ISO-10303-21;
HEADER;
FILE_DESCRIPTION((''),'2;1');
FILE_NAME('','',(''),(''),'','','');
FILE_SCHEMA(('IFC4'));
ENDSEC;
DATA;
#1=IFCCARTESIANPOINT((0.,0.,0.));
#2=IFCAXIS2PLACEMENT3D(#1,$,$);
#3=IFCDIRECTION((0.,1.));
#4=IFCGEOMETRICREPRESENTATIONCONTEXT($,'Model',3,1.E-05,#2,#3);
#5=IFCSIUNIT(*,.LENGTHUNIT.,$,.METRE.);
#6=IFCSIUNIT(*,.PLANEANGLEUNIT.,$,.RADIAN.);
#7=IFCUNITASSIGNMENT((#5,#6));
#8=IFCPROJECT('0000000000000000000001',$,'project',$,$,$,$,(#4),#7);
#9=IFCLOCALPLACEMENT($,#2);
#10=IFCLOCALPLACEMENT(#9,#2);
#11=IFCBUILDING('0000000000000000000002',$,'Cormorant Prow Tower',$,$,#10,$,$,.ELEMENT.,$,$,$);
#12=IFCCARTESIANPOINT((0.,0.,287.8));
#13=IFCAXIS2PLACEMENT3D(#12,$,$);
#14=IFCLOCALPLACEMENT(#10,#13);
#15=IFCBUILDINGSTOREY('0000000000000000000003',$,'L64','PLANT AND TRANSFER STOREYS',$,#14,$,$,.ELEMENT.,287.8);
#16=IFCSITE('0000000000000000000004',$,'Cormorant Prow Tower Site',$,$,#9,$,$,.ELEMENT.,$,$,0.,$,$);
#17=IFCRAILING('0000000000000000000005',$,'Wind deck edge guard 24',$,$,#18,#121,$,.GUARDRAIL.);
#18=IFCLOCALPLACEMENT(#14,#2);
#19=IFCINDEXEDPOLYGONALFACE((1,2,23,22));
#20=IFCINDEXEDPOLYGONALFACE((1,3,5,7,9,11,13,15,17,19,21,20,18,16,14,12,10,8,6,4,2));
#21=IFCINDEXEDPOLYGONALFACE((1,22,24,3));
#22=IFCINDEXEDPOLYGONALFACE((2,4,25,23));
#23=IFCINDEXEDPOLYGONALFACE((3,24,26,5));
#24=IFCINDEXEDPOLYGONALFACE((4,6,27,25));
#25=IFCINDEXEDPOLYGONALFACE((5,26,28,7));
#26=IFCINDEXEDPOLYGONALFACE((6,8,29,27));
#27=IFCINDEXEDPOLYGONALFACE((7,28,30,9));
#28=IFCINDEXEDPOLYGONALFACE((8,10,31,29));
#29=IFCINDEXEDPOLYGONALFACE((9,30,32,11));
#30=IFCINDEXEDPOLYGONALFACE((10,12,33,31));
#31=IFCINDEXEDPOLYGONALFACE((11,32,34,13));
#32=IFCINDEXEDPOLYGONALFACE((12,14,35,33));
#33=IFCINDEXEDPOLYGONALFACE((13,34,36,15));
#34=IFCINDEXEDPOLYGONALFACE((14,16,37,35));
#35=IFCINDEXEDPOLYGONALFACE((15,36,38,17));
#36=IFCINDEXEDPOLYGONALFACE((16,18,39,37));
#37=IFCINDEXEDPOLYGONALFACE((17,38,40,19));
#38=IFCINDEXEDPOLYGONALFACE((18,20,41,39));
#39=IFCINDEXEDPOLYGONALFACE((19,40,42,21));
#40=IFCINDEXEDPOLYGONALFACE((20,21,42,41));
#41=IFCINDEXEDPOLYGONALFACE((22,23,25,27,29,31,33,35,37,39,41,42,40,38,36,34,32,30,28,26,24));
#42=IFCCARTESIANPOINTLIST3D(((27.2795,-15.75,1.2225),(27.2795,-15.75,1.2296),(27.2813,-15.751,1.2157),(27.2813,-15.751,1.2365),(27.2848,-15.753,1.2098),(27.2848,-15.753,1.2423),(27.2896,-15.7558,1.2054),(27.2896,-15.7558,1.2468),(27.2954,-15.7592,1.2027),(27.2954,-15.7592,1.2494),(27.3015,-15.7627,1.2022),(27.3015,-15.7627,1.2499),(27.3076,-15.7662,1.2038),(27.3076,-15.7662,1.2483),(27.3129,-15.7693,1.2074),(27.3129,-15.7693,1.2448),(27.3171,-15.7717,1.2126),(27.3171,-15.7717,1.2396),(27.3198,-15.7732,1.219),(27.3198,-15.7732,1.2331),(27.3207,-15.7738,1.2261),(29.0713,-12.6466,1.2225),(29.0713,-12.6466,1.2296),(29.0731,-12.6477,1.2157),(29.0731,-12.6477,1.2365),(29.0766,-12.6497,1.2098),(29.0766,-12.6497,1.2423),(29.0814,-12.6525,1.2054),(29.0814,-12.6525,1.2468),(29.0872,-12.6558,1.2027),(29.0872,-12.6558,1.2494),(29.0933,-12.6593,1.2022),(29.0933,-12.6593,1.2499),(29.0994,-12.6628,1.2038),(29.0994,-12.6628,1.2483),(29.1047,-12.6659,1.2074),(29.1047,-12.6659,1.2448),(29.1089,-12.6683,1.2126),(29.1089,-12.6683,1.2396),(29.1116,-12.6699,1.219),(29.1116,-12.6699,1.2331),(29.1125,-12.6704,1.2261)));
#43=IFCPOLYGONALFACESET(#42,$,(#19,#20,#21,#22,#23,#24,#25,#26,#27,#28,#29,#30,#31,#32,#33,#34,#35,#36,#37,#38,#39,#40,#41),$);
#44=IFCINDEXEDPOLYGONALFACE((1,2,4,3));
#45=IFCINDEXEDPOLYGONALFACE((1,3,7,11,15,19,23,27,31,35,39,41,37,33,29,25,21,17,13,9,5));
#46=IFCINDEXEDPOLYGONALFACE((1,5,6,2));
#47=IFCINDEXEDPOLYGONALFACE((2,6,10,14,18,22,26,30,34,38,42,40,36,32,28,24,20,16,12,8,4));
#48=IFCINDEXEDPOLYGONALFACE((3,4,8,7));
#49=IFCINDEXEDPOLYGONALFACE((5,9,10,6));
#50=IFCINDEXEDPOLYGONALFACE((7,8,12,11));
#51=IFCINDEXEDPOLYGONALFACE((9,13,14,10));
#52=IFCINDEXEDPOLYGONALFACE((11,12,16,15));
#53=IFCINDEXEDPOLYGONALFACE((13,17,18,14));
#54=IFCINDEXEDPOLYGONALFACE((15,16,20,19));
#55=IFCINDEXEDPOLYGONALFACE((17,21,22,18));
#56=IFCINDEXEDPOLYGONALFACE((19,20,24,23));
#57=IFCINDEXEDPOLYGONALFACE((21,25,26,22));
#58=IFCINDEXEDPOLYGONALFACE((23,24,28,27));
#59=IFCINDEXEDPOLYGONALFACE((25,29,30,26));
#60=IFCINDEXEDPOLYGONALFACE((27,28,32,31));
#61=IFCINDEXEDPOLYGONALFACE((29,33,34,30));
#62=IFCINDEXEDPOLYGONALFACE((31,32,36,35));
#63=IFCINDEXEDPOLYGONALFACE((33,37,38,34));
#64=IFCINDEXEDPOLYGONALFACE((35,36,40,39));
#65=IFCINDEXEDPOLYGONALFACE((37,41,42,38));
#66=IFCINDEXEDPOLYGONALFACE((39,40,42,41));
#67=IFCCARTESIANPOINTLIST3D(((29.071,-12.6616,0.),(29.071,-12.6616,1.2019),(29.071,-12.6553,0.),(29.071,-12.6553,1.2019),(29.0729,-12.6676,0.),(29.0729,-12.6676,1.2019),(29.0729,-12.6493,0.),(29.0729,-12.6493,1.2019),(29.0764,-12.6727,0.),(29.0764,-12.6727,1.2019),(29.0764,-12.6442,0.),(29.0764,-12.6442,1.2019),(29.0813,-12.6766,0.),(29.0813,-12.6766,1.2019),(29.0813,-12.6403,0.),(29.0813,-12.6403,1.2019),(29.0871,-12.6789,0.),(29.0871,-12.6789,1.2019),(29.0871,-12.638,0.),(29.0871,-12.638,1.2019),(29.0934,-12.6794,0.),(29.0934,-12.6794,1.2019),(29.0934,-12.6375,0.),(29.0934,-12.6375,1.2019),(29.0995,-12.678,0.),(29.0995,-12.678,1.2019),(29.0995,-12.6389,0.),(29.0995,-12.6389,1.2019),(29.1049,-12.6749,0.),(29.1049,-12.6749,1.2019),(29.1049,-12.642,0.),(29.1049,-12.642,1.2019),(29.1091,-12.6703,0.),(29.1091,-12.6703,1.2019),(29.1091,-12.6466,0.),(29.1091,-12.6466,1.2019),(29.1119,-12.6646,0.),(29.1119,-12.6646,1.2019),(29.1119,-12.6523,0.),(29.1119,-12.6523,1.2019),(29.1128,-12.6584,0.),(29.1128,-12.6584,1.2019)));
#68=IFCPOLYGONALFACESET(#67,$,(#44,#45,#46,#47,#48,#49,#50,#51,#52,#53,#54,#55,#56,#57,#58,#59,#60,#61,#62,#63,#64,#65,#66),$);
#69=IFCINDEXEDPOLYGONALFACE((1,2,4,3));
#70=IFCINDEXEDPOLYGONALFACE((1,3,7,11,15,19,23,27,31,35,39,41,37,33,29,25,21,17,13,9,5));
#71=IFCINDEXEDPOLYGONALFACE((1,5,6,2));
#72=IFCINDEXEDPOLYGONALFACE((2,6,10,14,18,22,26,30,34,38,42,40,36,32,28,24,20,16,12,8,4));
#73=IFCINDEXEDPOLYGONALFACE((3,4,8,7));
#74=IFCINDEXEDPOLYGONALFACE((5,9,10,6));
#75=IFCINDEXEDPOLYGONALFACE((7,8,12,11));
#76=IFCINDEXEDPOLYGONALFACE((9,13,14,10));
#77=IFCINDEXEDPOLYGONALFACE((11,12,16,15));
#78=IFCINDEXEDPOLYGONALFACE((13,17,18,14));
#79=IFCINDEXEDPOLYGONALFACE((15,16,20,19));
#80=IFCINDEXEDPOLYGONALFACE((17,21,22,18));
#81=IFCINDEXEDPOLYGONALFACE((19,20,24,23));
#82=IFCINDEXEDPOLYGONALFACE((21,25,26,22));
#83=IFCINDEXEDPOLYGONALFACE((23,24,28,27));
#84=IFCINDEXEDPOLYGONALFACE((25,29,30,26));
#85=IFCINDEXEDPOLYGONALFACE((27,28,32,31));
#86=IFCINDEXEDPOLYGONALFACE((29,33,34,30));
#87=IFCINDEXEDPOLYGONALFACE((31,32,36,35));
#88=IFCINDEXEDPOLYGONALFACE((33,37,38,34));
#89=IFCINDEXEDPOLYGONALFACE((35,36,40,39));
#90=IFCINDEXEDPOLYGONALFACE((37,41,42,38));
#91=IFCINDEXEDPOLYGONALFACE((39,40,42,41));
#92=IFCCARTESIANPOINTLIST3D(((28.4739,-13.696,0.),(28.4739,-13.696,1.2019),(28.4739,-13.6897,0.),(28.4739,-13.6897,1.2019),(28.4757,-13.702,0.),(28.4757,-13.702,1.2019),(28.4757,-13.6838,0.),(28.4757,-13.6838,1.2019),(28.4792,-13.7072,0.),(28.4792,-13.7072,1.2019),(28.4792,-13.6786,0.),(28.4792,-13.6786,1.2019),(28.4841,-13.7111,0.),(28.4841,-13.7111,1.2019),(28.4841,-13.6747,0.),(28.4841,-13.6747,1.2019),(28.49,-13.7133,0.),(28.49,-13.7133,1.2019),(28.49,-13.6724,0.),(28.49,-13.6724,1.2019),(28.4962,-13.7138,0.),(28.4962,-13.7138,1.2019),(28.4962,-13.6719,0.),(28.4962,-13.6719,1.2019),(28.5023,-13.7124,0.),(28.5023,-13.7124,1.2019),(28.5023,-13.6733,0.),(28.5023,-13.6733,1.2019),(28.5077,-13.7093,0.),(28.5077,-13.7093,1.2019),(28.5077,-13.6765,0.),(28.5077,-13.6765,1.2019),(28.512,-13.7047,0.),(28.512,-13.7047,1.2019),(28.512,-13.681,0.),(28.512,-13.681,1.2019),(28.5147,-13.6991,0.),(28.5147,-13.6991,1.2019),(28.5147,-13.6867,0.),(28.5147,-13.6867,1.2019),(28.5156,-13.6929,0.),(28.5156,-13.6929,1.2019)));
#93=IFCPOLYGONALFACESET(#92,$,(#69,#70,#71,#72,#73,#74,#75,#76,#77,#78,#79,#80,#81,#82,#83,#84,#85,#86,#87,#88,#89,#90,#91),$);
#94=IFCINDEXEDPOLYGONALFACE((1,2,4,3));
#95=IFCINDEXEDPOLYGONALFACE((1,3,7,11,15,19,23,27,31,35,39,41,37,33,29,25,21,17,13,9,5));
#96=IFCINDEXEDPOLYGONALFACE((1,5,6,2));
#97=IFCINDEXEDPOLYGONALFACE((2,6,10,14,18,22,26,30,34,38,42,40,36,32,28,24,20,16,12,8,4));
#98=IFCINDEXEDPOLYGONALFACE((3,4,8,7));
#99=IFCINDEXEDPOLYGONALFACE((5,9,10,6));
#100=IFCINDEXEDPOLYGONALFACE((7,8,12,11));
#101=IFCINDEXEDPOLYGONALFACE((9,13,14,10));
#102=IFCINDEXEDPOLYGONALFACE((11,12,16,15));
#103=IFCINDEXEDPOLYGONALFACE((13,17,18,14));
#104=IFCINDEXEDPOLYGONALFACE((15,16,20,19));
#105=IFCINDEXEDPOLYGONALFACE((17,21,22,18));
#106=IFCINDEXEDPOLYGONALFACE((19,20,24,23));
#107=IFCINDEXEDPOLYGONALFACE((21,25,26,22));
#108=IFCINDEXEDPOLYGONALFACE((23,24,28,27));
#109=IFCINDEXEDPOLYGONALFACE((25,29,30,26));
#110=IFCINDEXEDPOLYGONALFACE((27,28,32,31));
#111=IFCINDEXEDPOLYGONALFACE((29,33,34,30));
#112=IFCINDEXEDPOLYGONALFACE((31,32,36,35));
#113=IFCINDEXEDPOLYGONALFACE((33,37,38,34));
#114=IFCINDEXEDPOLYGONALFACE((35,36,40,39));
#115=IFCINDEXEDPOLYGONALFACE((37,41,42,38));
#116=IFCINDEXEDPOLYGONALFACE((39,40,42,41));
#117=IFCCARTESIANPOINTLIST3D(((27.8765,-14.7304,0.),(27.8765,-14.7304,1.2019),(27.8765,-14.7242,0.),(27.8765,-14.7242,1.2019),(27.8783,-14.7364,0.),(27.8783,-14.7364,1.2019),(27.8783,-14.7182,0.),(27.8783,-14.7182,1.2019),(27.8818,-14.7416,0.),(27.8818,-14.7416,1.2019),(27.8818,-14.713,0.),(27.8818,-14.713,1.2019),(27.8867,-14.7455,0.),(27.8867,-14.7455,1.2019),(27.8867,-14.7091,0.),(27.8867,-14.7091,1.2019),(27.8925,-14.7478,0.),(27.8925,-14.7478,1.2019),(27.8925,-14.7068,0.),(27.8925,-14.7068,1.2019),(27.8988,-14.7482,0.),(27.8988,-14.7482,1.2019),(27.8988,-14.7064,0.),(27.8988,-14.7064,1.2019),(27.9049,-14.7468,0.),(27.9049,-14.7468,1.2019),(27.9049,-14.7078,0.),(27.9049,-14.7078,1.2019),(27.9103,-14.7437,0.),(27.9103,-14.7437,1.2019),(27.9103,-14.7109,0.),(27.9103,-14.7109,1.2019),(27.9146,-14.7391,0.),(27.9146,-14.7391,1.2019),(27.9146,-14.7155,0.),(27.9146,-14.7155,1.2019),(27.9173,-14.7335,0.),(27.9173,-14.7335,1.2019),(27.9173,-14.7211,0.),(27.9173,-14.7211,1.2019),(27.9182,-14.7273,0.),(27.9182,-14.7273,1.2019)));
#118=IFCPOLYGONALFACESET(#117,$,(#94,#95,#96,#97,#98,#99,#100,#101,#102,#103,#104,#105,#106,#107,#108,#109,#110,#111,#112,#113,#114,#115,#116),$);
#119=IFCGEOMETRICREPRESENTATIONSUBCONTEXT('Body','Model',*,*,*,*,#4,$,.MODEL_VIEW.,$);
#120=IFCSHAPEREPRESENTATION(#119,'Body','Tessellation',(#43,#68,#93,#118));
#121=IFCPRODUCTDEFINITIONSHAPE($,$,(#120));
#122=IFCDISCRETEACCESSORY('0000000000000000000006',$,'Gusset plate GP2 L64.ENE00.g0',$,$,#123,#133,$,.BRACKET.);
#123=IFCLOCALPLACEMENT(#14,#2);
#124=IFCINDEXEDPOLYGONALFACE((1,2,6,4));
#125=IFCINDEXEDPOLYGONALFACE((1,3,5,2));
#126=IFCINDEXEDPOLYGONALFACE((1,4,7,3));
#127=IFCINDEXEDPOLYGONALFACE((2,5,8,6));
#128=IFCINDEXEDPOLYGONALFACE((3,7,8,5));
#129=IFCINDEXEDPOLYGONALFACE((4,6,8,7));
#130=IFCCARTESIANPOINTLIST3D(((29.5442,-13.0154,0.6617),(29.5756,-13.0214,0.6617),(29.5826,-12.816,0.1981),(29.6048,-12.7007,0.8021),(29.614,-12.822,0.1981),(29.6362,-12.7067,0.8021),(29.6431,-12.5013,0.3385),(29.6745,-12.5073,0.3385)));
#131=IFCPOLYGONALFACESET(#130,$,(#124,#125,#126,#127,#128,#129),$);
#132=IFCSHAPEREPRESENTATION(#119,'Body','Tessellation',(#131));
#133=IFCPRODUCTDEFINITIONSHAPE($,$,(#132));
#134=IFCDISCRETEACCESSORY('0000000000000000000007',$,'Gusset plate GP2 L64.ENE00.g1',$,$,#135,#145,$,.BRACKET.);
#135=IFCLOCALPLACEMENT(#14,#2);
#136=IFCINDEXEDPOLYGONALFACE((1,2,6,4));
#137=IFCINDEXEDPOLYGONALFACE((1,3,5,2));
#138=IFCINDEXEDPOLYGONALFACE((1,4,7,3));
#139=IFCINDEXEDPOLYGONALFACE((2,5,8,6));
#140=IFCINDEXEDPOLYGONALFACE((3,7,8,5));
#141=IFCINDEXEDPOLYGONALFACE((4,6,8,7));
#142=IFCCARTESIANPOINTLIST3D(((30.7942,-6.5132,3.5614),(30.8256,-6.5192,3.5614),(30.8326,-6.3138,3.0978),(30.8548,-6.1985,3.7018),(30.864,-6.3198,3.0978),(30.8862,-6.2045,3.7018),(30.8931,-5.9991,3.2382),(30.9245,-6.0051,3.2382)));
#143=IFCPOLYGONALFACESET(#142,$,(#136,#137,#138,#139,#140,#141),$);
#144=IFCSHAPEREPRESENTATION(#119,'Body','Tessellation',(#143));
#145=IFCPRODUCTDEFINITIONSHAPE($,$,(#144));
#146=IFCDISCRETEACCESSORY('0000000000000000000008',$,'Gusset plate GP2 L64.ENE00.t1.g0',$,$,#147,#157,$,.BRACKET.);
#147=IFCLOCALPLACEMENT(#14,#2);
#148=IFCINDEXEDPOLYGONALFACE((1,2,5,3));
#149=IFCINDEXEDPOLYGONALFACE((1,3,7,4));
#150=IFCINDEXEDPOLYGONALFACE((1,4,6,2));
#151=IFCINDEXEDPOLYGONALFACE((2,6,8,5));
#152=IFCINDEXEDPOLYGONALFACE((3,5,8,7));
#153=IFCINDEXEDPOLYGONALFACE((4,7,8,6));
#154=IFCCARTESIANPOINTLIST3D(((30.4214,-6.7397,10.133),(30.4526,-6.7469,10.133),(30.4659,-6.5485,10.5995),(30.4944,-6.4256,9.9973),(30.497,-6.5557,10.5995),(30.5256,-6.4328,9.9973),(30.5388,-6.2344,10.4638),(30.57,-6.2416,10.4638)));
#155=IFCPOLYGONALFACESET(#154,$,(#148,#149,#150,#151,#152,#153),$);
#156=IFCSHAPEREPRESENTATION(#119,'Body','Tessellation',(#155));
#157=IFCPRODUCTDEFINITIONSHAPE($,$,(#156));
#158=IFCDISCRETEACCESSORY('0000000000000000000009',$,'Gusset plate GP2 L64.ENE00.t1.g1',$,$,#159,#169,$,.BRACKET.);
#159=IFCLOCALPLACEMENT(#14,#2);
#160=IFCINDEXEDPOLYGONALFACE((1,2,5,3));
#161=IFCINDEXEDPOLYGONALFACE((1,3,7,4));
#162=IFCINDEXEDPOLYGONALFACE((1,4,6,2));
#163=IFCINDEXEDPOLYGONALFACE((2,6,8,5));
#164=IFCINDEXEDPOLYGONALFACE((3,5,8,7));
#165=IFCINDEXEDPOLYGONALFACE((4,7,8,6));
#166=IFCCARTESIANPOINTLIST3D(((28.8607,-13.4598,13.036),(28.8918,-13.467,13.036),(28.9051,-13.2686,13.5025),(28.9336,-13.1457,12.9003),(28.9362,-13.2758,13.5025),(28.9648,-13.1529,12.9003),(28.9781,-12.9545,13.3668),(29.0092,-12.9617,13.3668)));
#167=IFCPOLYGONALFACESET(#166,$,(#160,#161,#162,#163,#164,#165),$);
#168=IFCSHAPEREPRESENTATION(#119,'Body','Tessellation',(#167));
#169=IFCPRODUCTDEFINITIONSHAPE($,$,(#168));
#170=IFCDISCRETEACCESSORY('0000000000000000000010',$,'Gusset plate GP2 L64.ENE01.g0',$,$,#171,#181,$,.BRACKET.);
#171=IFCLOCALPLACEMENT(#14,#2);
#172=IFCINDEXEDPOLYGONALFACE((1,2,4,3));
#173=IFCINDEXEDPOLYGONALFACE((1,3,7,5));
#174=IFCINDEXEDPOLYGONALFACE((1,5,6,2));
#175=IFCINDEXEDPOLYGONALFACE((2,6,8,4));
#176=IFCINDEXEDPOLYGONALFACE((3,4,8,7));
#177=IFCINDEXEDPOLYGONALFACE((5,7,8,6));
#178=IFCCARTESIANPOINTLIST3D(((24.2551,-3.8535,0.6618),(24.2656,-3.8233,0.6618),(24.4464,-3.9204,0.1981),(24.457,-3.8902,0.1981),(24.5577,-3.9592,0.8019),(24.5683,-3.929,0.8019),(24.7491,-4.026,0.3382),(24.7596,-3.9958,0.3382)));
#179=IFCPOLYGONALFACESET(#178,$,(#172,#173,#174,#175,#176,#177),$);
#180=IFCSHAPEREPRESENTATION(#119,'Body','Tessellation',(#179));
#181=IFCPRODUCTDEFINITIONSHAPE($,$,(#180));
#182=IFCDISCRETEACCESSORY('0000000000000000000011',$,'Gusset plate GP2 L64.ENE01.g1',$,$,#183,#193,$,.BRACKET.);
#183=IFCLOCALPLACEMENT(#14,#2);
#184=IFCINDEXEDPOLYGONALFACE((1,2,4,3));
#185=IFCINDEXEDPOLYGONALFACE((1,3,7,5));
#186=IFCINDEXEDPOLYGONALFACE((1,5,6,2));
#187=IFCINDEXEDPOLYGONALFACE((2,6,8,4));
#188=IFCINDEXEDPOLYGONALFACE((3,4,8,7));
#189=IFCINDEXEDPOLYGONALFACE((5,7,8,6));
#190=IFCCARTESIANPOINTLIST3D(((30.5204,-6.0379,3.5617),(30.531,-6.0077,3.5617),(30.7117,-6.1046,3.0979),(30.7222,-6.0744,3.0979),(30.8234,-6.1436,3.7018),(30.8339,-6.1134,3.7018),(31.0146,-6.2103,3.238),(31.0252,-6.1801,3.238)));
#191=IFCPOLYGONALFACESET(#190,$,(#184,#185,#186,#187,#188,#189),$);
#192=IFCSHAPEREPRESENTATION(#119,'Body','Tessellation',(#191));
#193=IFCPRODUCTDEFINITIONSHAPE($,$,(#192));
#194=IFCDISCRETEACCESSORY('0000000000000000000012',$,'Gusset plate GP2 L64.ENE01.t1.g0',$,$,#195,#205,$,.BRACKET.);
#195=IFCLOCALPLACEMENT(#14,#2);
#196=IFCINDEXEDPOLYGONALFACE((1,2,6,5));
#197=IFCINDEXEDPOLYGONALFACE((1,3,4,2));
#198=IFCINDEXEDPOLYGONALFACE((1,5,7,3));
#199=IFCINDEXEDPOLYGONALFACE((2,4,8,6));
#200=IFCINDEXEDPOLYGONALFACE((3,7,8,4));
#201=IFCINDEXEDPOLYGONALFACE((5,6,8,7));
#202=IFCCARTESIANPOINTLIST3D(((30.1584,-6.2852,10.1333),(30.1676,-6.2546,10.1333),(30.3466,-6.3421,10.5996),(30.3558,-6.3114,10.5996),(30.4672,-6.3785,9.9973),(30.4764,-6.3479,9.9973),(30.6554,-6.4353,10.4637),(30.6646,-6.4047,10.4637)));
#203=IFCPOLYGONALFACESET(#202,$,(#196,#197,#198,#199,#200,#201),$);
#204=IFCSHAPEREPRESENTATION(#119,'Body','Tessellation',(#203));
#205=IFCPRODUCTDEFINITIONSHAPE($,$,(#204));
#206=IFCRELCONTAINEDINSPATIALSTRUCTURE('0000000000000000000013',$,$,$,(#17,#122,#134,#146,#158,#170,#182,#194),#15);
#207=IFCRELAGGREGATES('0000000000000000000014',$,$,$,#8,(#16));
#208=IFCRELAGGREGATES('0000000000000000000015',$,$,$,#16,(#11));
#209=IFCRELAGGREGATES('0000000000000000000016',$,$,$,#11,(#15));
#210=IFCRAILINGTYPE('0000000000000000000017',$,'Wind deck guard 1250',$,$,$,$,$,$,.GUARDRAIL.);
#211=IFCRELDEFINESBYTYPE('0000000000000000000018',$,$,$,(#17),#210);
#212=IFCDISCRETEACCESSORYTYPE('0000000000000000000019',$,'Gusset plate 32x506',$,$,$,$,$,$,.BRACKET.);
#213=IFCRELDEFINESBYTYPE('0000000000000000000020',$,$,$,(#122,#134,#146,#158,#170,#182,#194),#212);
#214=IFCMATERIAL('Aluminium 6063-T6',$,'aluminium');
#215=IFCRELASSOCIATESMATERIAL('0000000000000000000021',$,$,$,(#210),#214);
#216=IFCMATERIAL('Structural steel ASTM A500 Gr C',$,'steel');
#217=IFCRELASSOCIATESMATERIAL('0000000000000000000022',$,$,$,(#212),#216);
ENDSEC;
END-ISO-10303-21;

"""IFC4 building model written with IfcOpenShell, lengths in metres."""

from ifc_helpers import new_model, si_unit, direction, frame, origin, origin_2d, place, context, subcontext, project, spatial, rectangle, circle, extrude, material, material_profile, profile_set, type_object, element, save


model = new_model("IFC4")

# Units and contexts
model_context = context("Model", 3, precision=1e-05, world=origin(), true_north=direction((0.0, 1.0)))
body_context = subcontext(model_context, "Body", "Model", "MODEL_VIEW")
ifc_project = project(units=[si_unit("LENGTHUNIT", "METRE"), si_unit("PLANEANGLEUNIT", "RADIAN")], contexts=[model_context])

# Site, building, storey
site_placement = place(None, origin())
site = spatial("IfcSite", under=ifc_project, at=site_placement, Name="Cormorant Prow Tower Site", CompositionType="ELEMENT", RefElevation=0.0)
building_placement = place(site_placement, origin())
building = spatial("IfcBuilding", under=site, at=building_placement, Name="Cormorant Prow Tower", CompositionType="ELEMENT")
storey_placement = place(building_placement, frame((0.0, 0.0, 287.8)))
storey = spatial("IfcBuildingStorey", under=building, at=storey_placement, Name="L64", Description="PLANT AND TRANSFER STOREYS", CompositionType="ELEMENT", Elevation=287.8)

# Railing
ifc_material_1 = material(Name="Aluminium 6063-T6", Category="aluminium")
railing_type = type_object("IfcRailingType", Name="Wind deck guard 1250", PredefinedType="GUARDRAIL", material=ifc_material_1)
railing_1_placement = place(storey_placement, frame((29.0918, -12.6584, 0.0)))
element("IfcRailing", 1, at=railing_1_placement, inside=storey, type_object=railing_type, Name="Wind deck edge guard 24", PredefinedType="GUARDRAIL", context=body_context, shape_type="SweptSolid", body=[
    extrude(circle(Radius=0.0239, at=origin_2d()), frame((0.0, 0.0, 1.2261), z_axis=(-0.500015, -0.866017, 0.0), x_axis=(0.866017, -0.500015, 0.0)), (0.0, 0.0, 1.0), 3.5835),
    extrude(circle(Radius=0.021, at=origin_2d()), origin(), (0.0, 0.0, 1.0), 1.2019),
    extrude(circle(Radius=0.021, at=origin_2d()), frame((-0.5972, -1.0344, 0.0)), (0.0, 0.0, 1.0), 1.2019),
    extrude(circle(Radius=0.021, at=origin_2d()), frame((-1.1946, -2.0688, 0.0)), (0.0, 0.0, 1.0), 1.2019),
])

# Discrete accessories
ifc_material_2 = material(Name="Structural steel ASTM A500 Gr C", Category="steel")
ifc_material_profile_1 = material_profile(ifc_material_2, rectangle(XDim=0.032, YDim=0.5061, at=origin_2d()), Name="Gusset plate 32x506")
ifc_profile_set_1 = profile_set([ifc_material_profile_1], Name="Structural steel ASTM A500 Gr C")
discrete_accessory_type = type_object("IfcDiscreteAccessoryType", Name="Gusset plate 32x506", PredefinedType="BRACKET", material=ifc_profile_set_1)
for number, where, z_axis, x_axis, name in (
    (2, (29.6396, -12.604, 0.5703), (-0.173057, -0.899476, -0.40124), (0.98199, -0.188932, 0.0), "Gusset plate GP2 L64.ENE00.g0"),
    (3, (30.8291, -6.4165, 3.3296), (0.173057, 0.899476, 0.40124), (-0.98199, 0.188932, 0.0), "Gusset plate GP2 L64.ENE00.g1"),
    (4, (30.4592, -6.6477, 10.3662), (0.208581, 0.897806, -0.387863), (-0.974058, 0.226296, 0.0), "Gusset plate GP2 L64.ENE00.t1.g0"),
    (5, (28.9714, -13.0537, 13.1335), (-0.208581, -0.897806, 0.387863), (0.974058, -0.226296, 0.0), "Gusset plate GP2 L64.ENE00.t1.g1"),
    (6, (24.6587, -3.9775, 0.5701), (-0.865091, 0.302084, -0.400453), (-0.329672, -0.944096, 0.0), "Gusset plate GP2 L64.ENE01.g0"),
):
    element("IfcDiscreteAccessory", number, at=place(storey_placement, frame(where, z_axis=z_axis, x_axis=x_axis)), inside=storey, type_object=discrete_accessory_type, Name=name, PredefinedType="BRACKET", context=body_context, shape_type="SweptSolid", body=[
        extrude(rectangle(XDim=0.032, YDim=0.5061, at=origin_2d()), origin(), (0.0, 0.0, 1.0), 0.3499),
    ])
for number, where, z_axis, x_axis, name in (
    (7, (30.6213, -6.0562, 3.3298), (0.865266, -0.301902, 0.400212), (0.329435, 0.944178, 0.0), "Gusset plate GP2 L64.ENE01.g1"),
    (8, (30.2571, -6.2983, 10.3665), (0.882139, -0.266385, -0.38842), (0.289083, 0.957304, 0.0), "Gusset plate GP2 L64.ENE01.t1.g0"),
):
    element("IfcDiscreteAccessory", number, at=place(storey_placement, frame(where, z_axis=z_axis, x_axis=x_axis)), inside=storey, type_object=discrete_accessory_type, Name=name, PredefinedType="BRACKET", context=body_context, shape_type="SweptSolid", body=[
        extrude(rectangle(XDim=0.032, YDim=0.5061, at=origin_2d()), origin(), (0.0, 0.0, 1.0), 0.3501),
    ])

save(model, "model.ifc")
